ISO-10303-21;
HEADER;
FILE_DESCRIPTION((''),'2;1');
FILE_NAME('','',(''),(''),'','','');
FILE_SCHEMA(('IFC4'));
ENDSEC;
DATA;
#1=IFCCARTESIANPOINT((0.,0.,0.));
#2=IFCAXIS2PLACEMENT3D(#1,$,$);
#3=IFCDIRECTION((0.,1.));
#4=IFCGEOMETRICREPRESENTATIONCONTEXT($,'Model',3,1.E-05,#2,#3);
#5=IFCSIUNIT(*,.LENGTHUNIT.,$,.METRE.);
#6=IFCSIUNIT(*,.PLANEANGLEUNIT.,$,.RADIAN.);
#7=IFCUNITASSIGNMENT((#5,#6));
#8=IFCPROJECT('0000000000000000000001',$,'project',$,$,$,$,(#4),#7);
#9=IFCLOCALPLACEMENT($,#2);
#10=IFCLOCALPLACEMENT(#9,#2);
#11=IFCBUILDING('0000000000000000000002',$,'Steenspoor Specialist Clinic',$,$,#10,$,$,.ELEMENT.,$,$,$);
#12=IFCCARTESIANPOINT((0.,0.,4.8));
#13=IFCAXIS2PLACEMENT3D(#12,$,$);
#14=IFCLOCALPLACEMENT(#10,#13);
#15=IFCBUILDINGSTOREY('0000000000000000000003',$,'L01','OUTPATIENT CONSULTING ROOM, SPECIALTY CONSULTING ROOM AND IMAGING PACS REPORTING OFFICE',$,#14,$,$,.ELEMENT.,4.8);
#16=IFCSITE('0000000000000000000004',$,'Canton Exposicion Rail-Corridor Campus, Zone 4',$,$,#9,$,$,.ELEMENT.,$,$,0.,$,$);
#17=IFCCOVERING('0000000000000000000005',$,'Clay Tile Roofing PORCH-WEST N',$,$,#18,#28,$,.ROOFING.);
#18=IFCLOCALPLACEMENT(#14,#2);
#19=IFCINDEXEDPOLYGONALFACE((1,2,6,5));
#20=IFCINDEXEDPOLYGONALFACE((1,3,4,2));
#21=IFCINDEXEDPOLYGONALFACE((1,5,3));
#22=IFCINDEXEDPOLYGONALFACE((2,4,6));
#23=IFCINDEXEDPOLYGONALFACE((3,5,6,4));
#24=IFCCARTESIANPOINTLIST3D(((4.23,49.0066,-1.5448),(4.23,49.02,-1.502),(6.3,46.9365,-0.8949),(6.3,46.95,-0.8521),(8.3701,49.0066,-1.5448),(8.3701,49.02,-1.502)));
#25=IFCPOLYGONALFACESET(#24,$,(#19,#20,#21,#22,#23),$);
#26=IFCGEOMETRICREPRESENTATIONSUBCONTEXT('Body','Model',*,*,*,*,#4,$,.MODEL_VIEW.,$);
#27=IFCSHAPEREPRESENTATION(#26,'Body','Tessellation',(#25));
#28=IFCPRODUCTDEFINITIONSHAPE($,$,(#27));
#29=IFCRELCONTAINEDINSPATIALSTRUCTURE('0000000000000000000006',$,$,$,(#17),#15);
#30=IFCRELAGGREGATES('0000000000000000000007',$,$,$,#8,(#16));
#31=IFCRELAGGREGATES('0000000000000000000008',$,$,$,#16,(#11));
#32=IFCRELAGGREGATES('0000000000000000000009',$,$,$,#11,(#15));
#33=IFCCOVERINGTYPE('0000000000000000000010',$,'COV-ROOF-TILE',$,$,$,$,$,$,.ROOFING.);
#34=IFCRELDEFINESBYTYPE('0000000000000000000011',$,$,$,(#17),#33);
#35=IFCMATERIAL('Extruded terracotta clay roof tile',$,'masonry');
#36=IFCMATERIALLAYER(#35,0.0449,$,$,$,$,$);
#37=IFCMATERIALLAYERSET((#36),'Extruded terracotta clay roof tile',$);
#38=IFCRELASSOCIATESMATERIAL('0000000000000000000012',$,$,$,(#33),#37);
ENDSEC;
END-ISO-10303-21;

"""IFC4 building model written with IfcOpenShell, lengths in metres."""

from ifc_helpers import new_model, si_unit, direction, frame, origin, place, context, subcontext, project, spatial, polyline, outline, extrude, material, layer, layer_set, type_object, element, save


model = new_model("IFC4")

# Units and contexts
model_context = context("Model", 3, precision=1e-05, world=origin(), true_north=direction((0.0, 1.0)))
body_context = subcontext(model_context, "Body", "Model", "MODEL_VIEW")
ifc_project = project(units=[si_unit("LENGTHUNIT", "METRE"), si_unit("PLANEANGLEUNIT", "RADIAN")], contexts=[model_context])

# Site, building, storey
site_placement = place(None, origin())
site = spatial("IfcSite", under=ifc_project, at=site_placement, Name="Canton Exposicion Rail-Corridor Campus, Zone 4", CompositionType="ELEMENT", RefElevation=0.0)
building_placement = place(site_placement, origin())
building = spatial("IfcBuilding", under=site, at=building_placement, Name="Steenspoor Specialist Clinic", CompositionType="ELEMENT")
storey_placement = place(building_placement, frame((0.0, 0.0, 4.8)))
storey = spatial("IfcBuildingStorey", under=building, at=storey_placement, Name="L01", Description="OUTPATIENT CONSULTING ROOM, SPECIALTY CONSULTING ROOM AND IMAGING PACS REPORTING OFFICE", CompositionType="ELEMENT", Elevation=4.8)

# Shared definitions
ifc_material_1 = material(Name="Extruded terracotta clay roof tile", Category="masonry")

# Covering
ifc_layer_1 = layer(ifc_material_1, 0.0449)
ifc_layer_set_1 = layer_set([ifc_layer_1], Name="Extruded terracotta clay roof tile")
covering_type = type_object("IfcCoveringType", Name="COV-ROOF-TILE", PredefinedType="ROOFING", material=ifc_layer_set_1)
for number, where, z_axis, x_axis, name in (
    (1, (8.3701, 49.02, -1.502), (0.0, 0.299537, 0.954085), (-1.0, 0.0, 0.0), "Clay Tile Roofing PORCH-WEST N"),
):
    element("IfcCovering", number, at=place(storey_placement, frame(where, z_axis=z_axis, x_axis=x_axis)), inside=storey, type_object=covering_type, Name=name, PredefinedType="ROOFING", context=body_context, shape_type="SweptSolid", body=[
        extrude(outline(polyline([(0.0, 0.0), (4.1401, 0.0), (2.0701, 2.1697), (0.0, 0.0)])), origin(), (0.0, 0.0, -1.0), 0.0449),
    ])

save(model, "model.ifc")
